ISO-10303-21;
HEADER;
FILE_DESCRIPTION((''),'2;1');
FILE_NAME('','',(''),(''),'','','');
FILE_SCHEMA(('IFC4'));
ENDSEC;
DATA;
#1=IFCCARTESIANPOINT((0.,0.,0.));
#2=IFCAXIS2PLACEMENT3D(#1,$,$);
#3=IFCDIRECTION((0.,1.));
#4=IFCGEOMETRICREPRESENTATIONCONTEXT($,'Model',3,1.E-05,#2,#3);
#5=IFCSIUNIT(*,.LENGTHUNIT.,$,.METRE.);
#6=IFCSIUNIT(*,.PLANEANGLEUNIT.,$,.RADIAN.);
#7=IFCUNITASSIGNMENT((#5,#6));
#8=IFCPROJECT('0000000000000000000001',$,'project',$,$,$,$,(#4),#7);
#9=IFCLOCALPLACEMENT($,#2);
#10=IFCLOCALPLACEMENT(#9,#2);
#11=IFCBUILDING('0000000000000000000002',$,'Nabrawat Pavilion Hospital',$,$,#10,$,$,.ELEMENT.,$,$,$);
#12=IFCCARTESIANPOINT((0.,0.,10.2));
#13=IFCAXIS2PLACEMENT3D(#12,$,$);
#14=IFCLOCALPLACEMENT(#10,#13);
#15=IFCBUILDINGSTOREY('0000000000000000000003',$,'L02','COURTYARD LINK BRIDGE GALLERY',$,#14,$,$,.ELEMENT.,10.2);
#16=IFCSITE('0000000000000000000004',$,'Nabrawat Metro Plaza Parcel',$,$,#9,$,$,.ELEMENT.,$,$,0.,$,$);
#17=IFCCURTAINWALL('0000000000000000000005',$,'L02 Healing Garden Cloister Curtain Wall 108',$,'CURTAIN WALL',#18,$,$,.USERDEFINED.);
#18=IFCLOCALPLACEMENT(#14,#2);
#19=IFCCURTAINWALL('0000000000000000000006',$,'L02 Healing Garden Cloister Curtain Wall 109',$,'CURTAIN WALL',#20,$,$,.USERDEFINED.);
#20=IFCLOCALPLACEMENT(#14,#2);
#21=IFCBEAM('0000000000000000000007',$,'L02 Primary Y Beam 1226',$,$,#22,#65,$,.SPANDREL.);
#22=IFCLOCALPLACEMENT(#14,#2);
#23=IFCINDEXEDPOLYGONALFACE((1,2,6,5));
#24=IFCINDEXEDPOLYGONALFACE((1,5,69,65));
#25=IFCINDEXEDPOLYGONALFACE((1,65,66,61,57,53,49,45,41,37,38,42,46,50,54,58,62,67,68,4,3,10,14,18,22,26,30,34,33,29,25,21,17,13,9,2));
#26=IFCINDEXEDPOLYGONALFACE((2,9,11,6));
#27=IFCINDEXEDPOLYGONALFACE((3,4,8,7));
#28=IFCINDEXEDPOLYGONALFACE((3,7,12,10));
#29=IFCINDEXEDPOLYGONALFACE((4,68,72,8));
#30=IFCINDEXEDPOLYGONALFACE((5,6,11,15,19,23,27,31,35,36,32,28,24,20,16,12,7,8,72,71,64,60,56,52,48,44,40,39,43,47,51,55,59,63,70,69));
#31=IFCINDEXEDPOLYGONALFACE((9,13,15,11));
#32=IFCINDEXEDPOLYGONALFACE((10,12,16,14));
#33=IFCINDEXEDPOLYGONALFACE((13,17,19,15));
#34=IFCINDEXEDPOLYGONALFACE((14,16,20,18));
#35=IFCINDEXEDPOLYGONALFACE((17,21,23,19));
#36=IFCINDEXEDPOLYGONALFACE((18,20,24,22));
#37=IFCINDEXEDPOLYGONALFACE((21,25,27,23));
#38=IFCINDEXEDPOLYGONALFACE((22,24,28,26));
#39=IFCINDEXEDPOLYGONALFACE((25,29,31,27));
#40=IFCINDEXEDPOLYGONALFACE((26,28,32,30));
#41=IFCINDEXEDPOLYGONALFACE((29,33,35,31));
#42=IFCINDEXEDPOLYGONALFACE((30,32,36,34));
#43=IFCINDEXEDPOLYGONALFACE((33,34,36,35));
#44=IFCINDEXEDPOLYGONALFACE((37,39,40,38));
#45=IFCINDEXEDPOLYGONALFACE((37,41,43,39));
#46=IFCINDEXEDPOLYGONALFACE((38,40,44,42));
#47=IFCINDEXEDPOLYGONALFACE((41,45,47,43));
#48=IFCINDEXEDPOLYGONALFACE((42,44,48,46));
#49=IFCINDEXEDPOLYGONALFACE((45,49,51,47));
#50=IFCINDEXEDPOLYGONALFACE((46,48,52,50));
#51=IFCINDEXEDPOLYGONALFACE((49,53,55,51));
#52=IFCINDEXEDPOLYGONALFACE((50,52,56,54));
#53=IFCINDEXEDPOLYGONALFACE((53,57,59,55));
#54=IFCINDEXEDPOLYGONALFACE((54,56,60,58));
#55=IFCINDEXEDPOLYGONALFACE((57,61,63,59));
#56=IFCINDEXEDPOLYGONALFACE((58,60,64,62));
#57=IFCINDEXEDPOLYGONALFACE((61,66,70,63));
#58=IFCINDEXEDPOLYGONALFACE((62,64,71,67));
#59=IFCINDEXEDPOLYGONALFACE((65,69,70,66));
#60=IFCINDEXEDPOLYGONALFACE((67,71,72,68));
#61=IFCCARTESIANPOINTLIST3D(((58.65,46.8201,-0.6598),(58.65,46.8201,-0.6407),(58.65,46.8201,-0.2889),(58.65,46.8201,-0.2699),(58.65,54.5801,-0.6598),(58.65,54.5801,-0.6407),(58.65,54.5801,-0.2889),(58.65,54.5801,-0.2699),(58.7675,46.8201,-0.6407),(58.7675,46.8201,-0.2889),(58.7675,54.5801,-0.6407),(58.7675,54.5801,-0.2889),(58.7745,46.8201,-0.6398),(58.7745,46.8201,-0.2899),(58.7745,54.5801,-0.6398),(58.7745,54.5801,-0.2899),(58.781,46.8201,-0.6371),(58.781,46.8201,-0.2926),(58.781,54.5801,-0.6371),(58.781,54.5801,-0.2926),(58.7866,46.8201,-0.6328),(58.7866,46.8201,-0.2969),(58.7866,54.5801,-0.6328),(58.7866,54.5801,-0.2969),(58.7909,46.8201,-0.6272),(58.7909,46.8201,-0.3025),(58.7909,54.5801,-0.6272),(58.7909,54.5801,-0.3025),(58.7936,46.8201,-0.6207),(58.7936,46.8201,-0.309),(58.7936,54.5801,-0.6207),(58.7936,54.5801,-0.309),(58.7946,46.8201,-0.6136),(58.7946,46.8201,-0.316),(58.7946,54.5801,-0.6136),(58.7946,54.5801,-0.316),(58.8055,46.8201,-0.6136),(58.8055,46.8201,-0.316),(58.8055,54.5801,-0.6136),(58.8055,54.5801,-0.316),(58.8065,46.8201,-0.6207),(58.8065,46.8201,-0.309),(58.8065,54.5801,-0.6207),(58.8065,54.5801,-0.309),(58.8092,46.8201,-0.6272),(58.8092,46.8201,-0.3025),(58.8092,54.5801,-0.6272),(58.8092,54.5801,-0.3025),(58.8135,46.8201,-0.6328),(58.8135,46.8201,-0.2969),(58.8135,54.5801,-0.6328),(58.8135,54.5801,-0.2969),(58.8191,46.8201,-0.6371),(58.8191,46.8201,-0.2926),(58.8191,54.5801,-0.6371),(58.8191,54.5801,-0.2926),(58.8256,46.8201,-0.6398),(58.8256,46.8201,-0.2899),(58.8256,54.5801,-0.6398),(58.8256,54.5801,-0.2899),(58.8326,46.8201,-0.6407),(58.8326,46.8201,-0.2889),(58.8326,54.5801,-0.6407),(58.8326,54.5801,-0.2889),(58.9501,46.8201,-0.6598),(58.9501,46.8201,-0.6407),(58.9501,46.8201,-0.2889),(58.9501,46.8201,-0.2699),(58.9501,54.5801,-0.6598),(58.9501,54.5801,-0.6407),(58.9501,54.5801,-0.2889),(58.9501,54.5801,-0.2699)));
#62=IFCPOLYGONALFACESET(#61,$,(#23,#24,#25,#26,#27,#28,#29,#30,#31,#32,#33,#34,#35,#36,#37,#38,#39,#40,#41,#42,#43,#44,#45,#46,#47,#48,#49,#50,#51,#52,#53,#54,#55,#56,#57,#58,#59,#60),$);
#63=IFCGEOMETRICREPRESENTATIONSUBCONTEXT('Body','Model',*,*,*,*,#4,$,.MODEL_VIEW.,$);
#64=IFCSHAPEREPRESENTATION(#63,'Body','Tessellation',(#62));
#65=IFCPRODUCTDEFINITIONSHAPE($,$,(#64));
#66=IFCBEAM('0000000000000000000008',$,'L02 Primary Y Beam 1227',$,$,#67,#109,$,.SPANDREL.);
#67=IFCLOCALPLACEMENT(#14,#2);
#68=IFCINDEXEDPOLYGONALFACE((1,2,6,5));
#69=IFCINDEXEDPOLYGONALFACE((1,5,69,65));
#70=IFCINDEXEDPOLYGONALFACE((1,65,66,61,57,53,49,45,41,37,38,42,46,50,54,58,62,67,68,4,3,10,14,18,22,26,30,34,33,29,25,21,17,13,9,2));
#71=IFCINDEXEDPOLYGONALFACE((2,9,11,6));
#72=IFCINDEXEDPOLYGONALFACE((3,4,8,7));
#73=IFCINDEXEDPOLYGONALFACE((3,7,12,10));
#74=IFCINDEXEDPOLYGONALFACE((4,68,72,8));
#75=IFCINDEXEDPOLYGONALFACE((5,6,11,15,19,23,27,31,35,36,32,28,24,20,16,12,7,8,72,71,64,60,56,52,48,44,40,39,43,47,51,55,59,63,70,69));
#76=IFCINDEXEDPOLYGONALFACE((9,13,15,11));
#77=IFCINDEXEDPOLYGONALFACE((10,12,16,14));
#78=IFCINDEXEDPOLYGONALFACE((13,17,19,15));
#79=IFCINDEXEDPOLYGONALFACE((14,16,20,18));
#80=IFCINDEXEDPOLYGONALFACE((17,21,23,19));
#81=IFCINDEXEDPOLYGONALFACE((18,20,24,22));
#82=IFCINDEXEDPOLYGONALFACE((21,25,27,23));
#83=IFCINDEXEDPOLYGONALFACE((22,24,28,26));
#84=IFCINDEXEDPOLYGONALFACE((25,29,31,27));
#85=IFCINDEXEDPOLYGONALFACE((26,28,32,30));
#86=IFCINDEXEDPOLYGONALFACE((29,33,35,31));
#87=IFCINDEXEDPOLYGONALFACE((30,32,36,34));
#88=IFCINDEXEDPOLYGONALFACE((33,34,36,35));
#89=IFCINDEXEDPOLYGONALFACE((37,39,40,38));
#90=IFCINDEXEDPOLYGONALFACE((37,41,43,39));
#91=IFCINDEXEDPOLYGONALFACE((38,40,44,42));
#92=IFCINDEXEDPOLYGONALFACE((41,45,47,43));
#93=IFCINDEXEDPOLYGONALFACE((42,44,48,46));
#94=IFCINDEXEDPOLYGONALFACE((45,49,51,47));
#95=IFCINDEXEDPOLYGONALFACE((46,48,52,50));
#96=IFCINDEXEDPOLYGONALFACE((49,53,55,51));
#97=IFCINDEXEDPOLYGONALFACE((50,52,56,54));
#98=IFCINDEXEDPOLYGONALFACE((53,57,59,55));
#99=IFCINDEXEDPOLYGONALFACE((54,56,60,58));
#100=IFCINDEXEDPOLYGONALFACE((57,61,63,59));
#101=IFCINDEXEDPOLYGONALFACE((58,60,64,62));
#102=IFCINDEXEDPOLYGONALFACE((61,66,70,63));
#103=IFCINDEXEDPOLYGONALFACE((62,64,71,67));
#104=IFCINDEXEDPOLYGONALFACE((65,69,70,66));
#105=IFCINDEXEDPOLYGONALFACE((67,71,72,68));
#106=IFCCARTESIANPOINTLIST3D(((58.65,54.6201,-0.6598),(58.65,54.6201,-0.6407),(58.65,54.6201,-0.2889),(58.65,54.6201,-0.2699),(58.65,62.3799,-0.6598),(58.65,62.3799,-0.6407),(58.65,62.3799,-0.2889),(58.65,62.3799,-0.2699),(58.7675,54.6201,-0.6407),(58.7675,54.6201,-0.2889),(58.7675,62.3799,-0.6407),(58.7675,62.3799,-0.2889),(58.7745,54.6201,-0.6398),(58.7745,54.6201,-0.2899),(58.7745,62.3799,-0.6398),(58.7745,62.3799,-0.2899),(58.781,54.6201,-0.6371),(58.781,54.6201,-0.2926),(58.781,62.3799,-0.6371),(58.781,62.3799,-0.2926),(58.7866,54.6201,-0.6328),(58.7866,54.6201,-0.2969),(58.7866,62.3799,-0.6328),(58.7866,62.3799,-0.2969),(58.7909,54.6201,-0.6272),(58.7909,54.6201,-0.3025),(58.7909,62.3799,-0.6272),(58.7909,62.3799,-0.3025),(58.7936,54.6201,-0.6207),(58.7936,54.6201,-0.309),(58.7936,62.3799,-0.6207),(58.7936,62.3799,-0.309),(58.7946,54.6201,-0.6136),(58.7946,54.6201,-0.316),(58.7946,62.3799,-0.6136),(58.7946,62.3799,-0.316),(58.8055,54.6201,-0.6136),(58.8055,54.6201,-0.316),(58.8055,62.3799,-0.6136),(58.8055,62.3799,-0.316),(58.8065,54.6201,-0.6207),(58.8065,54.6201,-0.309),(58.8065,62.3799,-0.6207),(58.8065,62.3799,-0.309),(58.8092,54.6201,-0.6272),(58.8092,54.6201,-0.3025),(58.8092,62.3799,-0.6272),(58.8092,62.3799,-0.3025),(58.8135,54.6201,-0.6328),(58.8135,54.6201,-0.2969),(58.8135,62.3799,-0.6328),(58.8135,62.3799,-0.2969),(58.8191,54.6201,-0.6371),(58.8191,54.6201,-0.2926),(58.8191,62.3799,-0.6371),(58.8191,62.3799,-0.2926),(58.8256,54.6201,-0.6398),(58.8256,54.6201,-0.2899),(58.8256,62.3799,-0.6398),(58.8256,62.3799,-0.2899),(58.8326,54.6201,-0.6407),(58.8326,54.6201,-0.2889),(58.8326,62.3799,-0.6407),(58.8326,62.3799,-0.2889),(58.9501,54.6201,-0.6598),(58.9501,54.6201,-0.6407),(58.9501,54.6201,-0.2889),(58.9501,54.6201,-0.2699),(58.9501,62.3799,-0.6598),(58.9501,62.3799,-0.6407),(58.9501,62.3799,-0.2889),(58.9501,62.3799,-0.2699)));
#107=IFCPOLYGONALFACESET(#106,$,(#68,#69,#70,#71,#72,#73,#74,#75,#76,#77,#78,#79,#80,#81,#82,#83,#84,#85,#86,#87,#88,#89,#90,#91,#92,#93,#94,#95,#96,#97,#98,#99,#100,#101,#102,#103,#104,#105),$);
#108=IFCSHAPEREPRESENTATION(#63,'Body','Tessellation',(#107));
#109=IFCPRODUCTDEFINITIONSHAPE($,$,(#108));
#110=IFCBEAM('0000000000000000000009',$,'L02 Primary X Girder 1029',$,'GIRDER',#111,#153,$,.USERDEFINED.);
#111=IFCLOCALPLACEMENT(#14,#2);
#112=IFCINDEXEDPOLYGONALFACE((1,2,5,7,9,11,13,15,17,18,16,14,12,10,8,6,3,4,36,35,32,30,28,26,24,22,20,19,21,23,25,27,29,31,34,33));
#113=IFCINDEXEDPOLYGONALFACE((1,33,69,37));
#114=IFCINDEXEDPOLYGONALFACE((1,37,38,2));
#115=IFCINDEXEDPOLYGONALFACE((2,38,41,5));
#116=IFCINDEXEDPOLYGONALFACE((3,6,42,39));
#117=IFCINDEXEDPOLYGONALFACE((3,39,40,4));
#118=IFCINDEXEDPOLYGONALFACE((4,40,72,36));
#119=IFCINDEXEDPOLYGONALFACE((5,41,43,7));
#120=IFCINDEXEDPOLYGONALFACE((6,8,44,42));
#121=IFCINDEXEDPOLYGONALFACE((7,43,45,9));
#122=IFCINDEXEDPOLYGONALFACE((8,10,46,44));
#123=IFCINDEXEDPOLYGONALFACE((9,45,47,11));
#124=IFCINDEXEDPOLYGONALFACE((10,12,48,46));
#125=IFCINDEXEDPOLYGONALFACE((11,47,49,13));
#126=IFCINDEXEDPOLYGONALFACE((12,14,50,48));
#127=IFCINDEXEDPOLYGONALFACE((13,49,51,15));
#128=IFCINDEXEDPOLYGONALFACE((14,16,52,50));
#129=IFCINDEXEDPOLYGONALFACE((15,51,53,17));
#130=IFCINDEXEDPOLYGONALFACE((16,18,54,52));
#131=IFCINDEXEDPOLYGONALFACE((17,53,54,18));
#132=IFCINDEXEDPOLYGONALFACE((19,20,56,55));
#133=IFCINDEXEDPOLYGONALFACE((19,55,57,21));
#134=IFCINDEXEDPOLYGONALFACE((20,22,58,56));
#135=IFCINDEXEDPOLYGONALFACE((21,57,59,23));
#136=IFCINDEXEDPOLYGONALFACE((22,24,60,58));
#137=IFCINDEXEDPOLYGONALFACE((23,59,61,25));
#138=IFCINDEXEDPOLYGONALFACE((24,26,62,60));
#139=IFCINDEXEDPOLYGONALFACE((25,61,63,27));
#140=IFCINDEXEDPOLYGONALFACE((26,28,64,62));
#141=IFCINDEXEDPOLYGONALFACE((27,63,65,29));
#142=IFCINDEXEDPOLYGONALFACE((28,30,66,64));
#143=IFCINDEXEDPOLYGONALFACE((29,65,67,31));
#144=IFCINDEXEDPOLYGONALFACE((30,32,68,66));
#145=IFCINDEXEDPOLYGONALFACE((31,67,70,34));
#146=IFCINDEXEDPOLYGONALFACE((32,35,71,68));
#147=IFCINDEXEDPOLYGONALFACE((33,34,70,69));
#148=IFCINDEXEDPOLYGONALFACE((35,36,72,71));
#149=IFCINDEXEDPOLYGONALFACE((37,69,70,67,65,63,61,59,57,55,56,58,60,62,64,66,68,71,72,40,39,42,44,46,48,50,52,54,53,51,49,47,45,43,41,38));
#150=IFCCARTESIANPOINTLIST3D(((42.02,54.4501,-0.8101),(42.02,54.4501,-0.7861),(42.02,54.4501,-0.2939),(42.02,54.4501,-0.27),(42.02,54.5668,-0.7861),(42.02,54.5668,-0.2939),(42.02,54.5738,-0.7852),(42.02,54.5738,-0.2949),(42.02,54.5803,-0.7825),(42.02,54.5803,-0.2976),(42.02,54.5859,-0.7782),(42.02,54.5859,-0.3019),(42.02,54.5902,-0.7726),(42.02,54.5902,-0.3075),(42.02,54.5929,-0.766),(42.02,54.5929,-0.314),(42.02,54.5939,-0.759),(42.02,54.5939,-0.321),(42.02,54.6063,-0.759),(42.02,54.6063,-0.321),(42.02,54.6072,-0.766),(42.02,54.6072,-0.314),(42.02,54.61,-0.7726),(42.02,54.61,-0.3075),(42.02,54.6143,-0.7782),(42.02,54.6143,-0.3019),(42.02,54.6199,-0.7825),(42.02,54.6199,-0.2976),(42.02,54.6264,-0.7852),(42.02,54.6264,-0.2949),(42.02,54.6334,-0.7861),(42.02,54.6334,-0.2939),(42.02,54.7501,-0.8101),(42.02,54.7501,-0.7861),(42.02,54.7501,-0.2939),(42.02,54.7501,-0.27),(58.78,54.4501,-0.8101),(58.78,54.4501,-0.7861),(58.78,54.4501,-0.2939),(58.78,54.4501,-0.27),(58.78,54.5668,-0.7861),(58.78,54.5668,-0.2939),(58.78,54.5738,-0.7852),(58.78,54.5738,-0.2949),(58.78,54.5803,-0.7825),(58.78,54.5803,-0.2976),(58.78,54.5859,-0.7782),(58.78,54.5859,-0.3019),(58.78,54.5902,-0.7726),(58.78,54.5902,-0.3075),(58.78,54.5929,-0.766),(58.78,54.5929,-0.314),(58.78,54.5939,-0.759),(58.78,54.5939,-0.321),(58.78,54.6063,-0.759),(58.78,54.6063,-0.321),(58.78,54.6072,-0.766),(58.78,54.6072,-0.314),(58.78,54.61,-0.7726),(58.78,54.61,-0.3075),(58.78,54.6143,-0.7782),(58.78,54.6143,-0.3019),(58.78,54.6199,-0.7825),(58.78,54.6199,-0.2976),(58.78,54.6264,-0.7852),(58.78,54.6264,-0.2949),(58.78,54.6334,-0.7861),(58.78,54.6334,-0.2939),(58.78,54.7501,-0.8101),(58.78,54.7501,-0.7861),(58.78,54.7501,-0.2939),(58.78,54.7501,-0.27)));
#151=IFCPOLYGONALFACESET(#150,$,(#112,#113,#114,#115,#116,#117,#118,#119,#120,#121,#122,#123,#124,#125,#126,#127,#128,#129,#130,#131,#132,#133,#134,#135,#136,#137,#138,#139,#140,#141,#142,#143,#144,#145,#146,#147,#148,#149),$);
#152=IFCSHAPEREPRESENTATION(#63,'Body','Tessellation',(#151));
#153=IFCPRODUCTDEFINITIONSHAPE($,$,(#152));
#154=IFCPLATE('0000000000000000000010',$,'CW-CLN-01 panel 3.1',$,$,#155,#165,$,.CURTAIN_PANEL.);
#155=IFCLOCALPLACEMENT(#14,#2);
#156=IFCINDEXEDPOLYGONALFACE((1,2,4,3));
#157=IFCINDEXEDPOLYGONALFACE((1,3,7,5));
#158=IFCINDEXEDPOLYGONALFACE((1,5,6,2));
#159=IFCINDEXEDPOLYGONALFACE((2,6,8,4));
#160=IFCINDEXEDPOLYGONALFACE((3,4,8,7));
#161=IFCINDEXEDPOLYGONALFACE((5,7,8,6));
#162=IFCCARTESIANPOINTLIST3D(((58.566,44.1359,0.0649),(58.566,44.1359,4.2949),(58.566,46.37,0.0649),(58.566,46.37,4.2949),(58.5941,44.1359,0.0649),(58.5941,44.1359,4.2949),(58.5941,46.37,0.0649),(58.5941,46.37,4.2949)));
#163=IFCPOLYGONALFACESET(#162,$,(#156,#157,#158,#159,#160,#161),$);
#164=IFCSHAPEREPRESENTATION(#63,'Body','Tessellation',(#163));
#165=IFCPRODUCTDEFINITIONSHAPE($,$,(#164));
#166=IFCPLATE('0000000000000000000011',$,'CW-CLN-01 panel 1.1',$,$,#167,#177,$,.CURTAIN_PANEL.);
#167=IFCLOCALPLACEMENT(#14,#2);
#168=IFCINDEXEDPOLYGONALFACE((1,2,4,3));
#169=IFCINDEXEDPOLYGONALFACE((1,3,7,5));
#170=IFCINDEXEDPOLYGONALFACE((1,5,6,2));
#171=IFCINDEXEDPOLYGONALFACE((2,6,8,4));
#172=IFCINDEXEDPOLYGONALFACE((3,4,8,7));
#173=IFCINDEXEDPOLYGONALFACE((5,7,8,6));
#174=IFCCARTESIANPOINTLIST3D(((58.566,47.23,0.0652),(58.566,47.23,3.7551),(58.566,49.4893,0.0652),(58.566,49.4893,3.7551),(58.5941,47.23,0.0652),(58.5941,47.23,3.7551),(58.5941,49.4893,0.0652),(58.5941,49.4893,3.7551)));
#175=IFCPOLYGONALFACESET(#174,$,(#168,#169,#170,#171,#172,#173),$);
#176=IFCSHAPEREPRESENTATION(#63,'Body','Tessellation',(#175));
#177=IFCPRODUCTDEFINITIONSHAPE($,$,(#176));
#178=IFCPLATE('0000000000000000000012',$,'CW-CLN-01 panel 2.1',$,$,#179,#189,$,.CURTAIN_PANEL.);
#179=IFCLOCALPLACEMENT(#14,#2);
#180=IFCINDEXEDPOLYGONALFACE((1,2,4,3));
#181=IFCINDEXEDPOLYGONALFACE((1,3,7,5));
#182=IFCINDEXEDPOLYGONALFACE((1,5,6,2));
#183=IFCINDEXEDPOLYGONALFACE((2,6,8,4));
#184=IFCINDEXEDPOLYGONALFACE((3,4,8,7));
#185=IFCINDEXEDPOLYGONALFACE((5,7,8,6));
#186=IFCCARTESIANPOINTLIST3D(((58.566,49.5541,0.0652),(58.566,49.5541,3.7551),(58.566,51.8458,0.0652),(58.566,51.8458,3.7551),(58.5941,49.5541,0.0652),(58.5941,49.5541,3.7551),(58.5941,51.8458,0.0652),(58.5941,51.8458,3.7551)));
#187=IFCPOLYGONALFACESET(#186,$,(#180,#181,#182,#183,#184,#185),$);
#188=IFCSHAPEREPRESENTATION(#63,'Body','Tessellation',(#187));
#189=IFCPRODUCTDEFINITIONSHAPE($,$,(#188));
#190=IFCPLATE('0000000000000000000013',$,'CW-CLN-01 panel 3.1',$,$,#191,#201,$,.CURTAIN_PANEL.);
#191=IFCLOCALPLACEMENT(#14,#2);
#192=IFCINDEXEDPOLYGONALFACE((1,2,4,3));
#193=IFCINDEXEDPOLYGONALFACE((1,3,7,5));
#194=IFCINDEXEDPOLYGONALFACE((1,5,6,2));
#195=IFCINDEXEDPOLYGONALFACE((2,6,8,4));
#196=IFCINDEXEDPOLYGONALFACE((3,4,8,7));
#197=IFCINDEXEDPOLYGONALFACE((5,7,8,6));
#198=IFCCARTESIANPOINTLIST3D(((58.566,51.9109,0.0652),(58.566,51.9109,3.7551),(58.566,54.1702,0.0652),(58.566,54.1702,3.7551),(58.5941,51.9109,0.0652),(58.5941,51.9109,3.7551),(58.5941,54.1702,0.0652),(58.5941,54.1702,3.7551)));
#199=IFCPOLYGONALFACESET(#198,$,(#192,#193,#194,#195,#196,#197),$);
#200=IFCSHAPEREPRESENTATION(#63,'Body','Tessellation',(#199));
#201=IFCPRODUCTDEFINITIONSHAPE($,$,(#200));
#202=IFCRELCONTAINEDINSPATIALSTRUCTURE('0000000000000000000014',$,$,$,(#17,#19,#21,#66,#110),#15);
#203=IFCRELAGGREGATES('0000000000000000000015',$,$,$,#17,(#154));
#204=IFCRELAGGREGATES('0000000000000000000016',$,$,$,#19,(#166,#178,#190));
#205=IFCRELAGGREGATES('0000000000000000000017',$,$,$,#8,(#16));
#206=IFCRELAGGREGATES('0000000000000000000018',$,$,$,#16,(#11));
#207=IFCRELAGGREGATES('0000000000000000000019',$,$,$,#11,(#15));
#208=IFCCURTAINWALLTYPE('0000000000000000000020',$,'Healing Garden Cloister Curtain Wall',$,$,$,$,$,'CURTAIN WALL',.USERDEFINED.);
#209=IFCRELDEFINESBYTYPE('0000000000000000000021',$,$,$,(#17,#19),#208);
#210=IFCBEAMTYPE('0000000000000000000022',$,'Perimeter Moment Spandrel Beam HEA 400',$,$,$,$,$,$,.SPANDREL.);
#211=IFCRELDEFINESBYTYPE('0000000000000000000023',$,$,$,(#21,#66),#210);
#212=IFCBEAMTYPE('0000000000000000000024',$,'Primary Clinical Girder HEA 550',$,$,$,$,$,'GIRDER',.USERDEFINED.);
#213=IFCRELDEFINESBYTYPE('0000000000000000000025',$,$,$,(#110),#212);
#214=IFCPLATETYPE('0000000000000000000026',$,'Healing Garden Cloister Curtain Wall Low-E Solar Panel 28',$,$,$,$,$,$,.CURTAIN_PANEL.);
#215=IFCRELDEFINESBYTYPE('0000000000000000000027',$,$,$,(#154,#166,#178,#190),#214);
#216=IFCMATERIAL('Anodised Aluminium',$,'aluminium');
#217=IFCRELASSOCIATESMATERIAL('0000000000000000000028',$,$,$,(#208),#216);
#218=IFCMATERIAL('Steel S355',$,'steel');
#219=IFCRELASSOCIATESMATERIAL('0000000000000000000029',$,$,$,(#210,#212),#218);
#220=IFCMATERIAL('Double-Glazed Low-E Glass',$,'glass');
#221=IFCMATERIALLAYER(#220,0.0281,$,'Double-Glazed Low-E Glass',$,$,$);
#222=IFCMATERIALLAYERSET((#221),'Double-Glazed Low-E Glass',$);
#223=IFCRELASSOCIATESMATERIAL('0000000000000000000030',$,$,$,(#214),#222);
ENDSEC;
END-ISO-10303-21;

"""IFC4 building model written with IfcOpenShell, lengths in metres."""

from ifc_helpers import new_model, si_unit, direction, frame, origin, origin_2d, place, context, subcontext, project, spatial, rectangle, i_section, extrude, material, layer, layer_set, material_profile, profile_set, type_object, element, aggregate, save


model = new_model("IFC4")

# Units and contexts
model_context = context("Model", 3, precision=1e-05, world=origin(), true_north=direction((0.0, 1.0)))
body_context = subcontext(model_context, "Body", "Model", "MODEL_VIEW")
ifc_project = project(units=[si_unit("LENGTHUNIT", "METRE"), si_unit("PLANEANGLEUNIT", "RADIAN")], contexts=[model_context])

# Site, building, storey
site_placement = place(None, origin())
site = spatial("IfcSite", under=ifc_project, at=site_placement, Name="Nabrawat Metro Plaza Parcel", CompositionType="ELEMENT", RefElevation=0.0)
building_placement = place(site_placement, origin())
building = spatial("IfcBuilding", under=site, at=building_placement, Name="Nabrawat Pavilion Hospital", CompositionType="ELEMENT")
storey_placement = place(building_placement, frame((0.0, 0.0, 10.2)))
storey = spatial("IfcBuildingStorey", under=building, at=storey_placement, Name="L02", Description="COURTYARD LINK BRIDGE GALLERY", CompositionType="ELEMENT", Elevation=10.2)

# Shared definitions
ifc_material_1 = material(Name="Steel S355", Category="steel")

# Curtain walls
ifc_material_2 = material(Name="Anodised Aluminium", Category="aluminium")
curtain_wall_type = type_object("IfcCurtainWallType", Name="Healing Garden Cloister Curtain Wall", ElementType="CURTAIN WALL", PredefinedType="USERDEFINED", material=ifc_material_2)
curtain_wall_1_placement = place(storey_placement, origin())
curtain_wall_1 = element("IfcCurtainWall", 1, at=curtain_wall_1_placement, inside=storey, type_object=curtain_wall_type, Name="L02 Healing Garden Cloister Curtain Wall 108", ObjectType="CURTAIN WALL", PredefinedType="USERDEFINED")
curtain_wall_2_placement = place(storey_placement, origin())
curtain_wall_2 = element("IfcCurtainWall", 2, at=curtain_wall_2_placement, inside=storey, type_object=curtain_wall_type, Name="L02 Healing Garden Cloister Curtain Wall 109", ObjectType="CURTAIN WALL", PredefinedType="USERDEFINED")

# Beams
ifc_material_profile_1 = material_profile(ifc_material_1, i_section(OverallWidth=0.3, OverallDepth=0.3899, WebThickness=0.011, FlangeThickness=0.019, FilletRadius=0.0271, at=origin_2d()), Name="HEA 400")
ifc_profile_set_1 = profile_set([ifc_material_profile_1], Name="Steel S355")
beam_type_1 = type_object("IfcBeamType", Name="Perimeter Moment Spandrel Beam HEA 400", PredefinedType="SPANDREL", material=ifc_profile_set_1)
beam_1_placement = place(storey_placement, frame((58.8, 46.8201, -0.4648), z_axis=(0.0, 1.0, 0.0), x_axis=(-1.0, 0.0, 0.0)))
element("IfcBeam", 3, at=beam_1_placement, inside=storey, type_object=beam_type_1, Name="L02 Primary Y Beam 1226", PredefinedType="SPANDREL", context=body_context, shape_type="SweptSolid", body=[
    extrude(i_section(OverallWidth=0.3, OverallDepth=0.3899, WebThickness=0.011, FlangeThickness=0.019, FilletRadius=0.0271, at=origin_2d()), origin(), (0.0, 0.0, 1.0), 7.76),
])
beam_2_placement = place(storey_placement, frame((58.8, 54.6201, -0.4648), z_axis=(0.0, 1.0, 0.0), x_axis=(-1.0, 0.0, 0.0)))
element("IfcBeam", 4, at=beam_2_placement, inside=storey, type_object=beam_type_1, Name="L02 Primary Y Beam 1227", PredefinedType="SPANDREL", context=body_context, shape_type="SweptSolid", body=[
    extrude(i_section(OverallWidth=0.3, OverallDepth=0.3899, WebThickness=0.011, FlangeThickness=0.019, FilletRadius=0.0271, at=origin_2d()), origin(), (0.0, 0.0, 1.0), 7.7598),
])
ifc_material_profile_2 = material_profile(ifc_material_1, i_section(OverallWidth=0.3, OverallDepth=0.54, WebThickness=0.0125, FlangeThickness=0.0239, FilletRadius=0.0271, at=origin_2d()), Name="HEA 550")
ifc_profile_set_2 = profile_set([ifc_material_profile_2], Name="Steel S355")
beam_type_2 = type_object("IfcBeamType", Name="Primary Clinical Girder HEA 550", ElementType="GIRDER", PredefinedType="USERDEFINED", material=ifc_profile_set_2)
beam_3_placement = place(storey_placement, frame((42.02, 54.6001, -0.54), z_axis=(1.0, 0.0, 0.0), x_axis=(0.0, 1.0, 0.0)))
element("IfcBeam", 5, at=beam_3_placement, inside=storey, type_object=beam_type_2, Name="L02 Primary X Girder 1029", ObjectType="GIRDER", PredefinedType="USERDEFINED", context=body_context, shape_type="SweptSolid", body=[
    extrude(i_section(OverallWidth=0.3, OverallDepth=0.54, WebThickness=0.0125, FlangeThickness=0.0239, FilletRadius=0.0271, at=origin_2d()), origin(), (0.0, 0.0, 1.0), 16.76),
])

# Plates
ifc_material_3 = material(Name="Double-Glazed Low-E Glass", Category="glass")
ifc_layer = layer(ifc_material_3, 0.0281, Name="Double-Glazed Low-E Glass")
ifc_layer_set = layer_set([ifc_layer], Name="Double-Glazed Low-E Glass")
plate_type = type_object("IfcPlateType", Name="Healing Garden Cloister Curtain Wall Low-E Solar Panel 28", PredefinedType="CURTAIN_PANEL", material=ifc_layer_set)
plate_1_placement = place(storey_placement, frame((58.5801, 45.2529, 0.0649), z_axis=(0.0, 0.0, 1.0), x_axis=(0.0, 1.0, 0.0)))
plate_1 = element("IfcPlate", 6, at=plate_1_placement, type_object=plate_type, Name="CW-CLN-01 panel 3.1", PredefinedType="CURTAIN_PANEL", context=body_context, shape_type="SweptSolid", body=[
    extrude(rectangle(XDim=2.2341, YDim=0.0281, at=origin_2d()), origin(), (0.0, 0.0, 1.0), 4.23),
])
aggregate(curtain_wall_1, [plate_1])
plate_2_placement = place(storey_placement, frame((58.5801, 48.3596, 0.0652), z_axis=(0.0, 0.0, 1.0), x_axis=(0.0, 1.0, 0.0)))
plate_2 = element("IfcPlate", 7, at=plate_2_placement, type_object=plate_type, Name="CW-CLN-01 panel 1.1", PredefinedType="CURTAIN_PANEL", context=body_context, shape_type="SweptSolid", body=[
    extrude(rectangle(XDim=2.2593, YDim=0.0281, at=origin_2d()), origin(), (0.0, 0.0, 1.0), 3.6899),
])
plate_3_placement = place(storey_placement, frame((58.5801, 50.7, 0.0652), z_axis=(0.0, 0.0, 1.0), x_axis=(0.0, 1.0, 0.0)))
plate_3 = element("IfcPlate", 8, at=plate_3_placement, type_object=plate_type, Name="CW-CLN-01 panel 2.1", PredefinedType="CURTAIN_PANEL", context=body_context, shape_type="SweptSolid", body=[
    extrude(rectangle(XDim=2.2917, YDim=0.0281, at=origin_2d()), origin(), (0.0, 0.0, 1.0), 3.6899),
])
plate_4_placement = place(storey_placement, frame((58.5801, 53.0405, 0.0652), z_axis=(0.0, 0.0, 1.0), x_axis=(0.0, 1.0, 0.0)))
plate_4 = element("IfcPlate", 9, at=plate_4_placement, type_object=plate_type, Name="CW-CLN-01 panel 3.1", PredefinedType="CURTAIN_PANEL", context=body_context, shape_type="SweptSolid", body=[
    extrude(rectangle(XDim=2.2593, YDim=0.0281, at=origin_2d()), origin(), (0.0, 0.0, 1.0), 3.6899),
])
aggregate(curtain_wall_2, [plate_2, plate_3, plate_4])

save(model, "model.ifc")
